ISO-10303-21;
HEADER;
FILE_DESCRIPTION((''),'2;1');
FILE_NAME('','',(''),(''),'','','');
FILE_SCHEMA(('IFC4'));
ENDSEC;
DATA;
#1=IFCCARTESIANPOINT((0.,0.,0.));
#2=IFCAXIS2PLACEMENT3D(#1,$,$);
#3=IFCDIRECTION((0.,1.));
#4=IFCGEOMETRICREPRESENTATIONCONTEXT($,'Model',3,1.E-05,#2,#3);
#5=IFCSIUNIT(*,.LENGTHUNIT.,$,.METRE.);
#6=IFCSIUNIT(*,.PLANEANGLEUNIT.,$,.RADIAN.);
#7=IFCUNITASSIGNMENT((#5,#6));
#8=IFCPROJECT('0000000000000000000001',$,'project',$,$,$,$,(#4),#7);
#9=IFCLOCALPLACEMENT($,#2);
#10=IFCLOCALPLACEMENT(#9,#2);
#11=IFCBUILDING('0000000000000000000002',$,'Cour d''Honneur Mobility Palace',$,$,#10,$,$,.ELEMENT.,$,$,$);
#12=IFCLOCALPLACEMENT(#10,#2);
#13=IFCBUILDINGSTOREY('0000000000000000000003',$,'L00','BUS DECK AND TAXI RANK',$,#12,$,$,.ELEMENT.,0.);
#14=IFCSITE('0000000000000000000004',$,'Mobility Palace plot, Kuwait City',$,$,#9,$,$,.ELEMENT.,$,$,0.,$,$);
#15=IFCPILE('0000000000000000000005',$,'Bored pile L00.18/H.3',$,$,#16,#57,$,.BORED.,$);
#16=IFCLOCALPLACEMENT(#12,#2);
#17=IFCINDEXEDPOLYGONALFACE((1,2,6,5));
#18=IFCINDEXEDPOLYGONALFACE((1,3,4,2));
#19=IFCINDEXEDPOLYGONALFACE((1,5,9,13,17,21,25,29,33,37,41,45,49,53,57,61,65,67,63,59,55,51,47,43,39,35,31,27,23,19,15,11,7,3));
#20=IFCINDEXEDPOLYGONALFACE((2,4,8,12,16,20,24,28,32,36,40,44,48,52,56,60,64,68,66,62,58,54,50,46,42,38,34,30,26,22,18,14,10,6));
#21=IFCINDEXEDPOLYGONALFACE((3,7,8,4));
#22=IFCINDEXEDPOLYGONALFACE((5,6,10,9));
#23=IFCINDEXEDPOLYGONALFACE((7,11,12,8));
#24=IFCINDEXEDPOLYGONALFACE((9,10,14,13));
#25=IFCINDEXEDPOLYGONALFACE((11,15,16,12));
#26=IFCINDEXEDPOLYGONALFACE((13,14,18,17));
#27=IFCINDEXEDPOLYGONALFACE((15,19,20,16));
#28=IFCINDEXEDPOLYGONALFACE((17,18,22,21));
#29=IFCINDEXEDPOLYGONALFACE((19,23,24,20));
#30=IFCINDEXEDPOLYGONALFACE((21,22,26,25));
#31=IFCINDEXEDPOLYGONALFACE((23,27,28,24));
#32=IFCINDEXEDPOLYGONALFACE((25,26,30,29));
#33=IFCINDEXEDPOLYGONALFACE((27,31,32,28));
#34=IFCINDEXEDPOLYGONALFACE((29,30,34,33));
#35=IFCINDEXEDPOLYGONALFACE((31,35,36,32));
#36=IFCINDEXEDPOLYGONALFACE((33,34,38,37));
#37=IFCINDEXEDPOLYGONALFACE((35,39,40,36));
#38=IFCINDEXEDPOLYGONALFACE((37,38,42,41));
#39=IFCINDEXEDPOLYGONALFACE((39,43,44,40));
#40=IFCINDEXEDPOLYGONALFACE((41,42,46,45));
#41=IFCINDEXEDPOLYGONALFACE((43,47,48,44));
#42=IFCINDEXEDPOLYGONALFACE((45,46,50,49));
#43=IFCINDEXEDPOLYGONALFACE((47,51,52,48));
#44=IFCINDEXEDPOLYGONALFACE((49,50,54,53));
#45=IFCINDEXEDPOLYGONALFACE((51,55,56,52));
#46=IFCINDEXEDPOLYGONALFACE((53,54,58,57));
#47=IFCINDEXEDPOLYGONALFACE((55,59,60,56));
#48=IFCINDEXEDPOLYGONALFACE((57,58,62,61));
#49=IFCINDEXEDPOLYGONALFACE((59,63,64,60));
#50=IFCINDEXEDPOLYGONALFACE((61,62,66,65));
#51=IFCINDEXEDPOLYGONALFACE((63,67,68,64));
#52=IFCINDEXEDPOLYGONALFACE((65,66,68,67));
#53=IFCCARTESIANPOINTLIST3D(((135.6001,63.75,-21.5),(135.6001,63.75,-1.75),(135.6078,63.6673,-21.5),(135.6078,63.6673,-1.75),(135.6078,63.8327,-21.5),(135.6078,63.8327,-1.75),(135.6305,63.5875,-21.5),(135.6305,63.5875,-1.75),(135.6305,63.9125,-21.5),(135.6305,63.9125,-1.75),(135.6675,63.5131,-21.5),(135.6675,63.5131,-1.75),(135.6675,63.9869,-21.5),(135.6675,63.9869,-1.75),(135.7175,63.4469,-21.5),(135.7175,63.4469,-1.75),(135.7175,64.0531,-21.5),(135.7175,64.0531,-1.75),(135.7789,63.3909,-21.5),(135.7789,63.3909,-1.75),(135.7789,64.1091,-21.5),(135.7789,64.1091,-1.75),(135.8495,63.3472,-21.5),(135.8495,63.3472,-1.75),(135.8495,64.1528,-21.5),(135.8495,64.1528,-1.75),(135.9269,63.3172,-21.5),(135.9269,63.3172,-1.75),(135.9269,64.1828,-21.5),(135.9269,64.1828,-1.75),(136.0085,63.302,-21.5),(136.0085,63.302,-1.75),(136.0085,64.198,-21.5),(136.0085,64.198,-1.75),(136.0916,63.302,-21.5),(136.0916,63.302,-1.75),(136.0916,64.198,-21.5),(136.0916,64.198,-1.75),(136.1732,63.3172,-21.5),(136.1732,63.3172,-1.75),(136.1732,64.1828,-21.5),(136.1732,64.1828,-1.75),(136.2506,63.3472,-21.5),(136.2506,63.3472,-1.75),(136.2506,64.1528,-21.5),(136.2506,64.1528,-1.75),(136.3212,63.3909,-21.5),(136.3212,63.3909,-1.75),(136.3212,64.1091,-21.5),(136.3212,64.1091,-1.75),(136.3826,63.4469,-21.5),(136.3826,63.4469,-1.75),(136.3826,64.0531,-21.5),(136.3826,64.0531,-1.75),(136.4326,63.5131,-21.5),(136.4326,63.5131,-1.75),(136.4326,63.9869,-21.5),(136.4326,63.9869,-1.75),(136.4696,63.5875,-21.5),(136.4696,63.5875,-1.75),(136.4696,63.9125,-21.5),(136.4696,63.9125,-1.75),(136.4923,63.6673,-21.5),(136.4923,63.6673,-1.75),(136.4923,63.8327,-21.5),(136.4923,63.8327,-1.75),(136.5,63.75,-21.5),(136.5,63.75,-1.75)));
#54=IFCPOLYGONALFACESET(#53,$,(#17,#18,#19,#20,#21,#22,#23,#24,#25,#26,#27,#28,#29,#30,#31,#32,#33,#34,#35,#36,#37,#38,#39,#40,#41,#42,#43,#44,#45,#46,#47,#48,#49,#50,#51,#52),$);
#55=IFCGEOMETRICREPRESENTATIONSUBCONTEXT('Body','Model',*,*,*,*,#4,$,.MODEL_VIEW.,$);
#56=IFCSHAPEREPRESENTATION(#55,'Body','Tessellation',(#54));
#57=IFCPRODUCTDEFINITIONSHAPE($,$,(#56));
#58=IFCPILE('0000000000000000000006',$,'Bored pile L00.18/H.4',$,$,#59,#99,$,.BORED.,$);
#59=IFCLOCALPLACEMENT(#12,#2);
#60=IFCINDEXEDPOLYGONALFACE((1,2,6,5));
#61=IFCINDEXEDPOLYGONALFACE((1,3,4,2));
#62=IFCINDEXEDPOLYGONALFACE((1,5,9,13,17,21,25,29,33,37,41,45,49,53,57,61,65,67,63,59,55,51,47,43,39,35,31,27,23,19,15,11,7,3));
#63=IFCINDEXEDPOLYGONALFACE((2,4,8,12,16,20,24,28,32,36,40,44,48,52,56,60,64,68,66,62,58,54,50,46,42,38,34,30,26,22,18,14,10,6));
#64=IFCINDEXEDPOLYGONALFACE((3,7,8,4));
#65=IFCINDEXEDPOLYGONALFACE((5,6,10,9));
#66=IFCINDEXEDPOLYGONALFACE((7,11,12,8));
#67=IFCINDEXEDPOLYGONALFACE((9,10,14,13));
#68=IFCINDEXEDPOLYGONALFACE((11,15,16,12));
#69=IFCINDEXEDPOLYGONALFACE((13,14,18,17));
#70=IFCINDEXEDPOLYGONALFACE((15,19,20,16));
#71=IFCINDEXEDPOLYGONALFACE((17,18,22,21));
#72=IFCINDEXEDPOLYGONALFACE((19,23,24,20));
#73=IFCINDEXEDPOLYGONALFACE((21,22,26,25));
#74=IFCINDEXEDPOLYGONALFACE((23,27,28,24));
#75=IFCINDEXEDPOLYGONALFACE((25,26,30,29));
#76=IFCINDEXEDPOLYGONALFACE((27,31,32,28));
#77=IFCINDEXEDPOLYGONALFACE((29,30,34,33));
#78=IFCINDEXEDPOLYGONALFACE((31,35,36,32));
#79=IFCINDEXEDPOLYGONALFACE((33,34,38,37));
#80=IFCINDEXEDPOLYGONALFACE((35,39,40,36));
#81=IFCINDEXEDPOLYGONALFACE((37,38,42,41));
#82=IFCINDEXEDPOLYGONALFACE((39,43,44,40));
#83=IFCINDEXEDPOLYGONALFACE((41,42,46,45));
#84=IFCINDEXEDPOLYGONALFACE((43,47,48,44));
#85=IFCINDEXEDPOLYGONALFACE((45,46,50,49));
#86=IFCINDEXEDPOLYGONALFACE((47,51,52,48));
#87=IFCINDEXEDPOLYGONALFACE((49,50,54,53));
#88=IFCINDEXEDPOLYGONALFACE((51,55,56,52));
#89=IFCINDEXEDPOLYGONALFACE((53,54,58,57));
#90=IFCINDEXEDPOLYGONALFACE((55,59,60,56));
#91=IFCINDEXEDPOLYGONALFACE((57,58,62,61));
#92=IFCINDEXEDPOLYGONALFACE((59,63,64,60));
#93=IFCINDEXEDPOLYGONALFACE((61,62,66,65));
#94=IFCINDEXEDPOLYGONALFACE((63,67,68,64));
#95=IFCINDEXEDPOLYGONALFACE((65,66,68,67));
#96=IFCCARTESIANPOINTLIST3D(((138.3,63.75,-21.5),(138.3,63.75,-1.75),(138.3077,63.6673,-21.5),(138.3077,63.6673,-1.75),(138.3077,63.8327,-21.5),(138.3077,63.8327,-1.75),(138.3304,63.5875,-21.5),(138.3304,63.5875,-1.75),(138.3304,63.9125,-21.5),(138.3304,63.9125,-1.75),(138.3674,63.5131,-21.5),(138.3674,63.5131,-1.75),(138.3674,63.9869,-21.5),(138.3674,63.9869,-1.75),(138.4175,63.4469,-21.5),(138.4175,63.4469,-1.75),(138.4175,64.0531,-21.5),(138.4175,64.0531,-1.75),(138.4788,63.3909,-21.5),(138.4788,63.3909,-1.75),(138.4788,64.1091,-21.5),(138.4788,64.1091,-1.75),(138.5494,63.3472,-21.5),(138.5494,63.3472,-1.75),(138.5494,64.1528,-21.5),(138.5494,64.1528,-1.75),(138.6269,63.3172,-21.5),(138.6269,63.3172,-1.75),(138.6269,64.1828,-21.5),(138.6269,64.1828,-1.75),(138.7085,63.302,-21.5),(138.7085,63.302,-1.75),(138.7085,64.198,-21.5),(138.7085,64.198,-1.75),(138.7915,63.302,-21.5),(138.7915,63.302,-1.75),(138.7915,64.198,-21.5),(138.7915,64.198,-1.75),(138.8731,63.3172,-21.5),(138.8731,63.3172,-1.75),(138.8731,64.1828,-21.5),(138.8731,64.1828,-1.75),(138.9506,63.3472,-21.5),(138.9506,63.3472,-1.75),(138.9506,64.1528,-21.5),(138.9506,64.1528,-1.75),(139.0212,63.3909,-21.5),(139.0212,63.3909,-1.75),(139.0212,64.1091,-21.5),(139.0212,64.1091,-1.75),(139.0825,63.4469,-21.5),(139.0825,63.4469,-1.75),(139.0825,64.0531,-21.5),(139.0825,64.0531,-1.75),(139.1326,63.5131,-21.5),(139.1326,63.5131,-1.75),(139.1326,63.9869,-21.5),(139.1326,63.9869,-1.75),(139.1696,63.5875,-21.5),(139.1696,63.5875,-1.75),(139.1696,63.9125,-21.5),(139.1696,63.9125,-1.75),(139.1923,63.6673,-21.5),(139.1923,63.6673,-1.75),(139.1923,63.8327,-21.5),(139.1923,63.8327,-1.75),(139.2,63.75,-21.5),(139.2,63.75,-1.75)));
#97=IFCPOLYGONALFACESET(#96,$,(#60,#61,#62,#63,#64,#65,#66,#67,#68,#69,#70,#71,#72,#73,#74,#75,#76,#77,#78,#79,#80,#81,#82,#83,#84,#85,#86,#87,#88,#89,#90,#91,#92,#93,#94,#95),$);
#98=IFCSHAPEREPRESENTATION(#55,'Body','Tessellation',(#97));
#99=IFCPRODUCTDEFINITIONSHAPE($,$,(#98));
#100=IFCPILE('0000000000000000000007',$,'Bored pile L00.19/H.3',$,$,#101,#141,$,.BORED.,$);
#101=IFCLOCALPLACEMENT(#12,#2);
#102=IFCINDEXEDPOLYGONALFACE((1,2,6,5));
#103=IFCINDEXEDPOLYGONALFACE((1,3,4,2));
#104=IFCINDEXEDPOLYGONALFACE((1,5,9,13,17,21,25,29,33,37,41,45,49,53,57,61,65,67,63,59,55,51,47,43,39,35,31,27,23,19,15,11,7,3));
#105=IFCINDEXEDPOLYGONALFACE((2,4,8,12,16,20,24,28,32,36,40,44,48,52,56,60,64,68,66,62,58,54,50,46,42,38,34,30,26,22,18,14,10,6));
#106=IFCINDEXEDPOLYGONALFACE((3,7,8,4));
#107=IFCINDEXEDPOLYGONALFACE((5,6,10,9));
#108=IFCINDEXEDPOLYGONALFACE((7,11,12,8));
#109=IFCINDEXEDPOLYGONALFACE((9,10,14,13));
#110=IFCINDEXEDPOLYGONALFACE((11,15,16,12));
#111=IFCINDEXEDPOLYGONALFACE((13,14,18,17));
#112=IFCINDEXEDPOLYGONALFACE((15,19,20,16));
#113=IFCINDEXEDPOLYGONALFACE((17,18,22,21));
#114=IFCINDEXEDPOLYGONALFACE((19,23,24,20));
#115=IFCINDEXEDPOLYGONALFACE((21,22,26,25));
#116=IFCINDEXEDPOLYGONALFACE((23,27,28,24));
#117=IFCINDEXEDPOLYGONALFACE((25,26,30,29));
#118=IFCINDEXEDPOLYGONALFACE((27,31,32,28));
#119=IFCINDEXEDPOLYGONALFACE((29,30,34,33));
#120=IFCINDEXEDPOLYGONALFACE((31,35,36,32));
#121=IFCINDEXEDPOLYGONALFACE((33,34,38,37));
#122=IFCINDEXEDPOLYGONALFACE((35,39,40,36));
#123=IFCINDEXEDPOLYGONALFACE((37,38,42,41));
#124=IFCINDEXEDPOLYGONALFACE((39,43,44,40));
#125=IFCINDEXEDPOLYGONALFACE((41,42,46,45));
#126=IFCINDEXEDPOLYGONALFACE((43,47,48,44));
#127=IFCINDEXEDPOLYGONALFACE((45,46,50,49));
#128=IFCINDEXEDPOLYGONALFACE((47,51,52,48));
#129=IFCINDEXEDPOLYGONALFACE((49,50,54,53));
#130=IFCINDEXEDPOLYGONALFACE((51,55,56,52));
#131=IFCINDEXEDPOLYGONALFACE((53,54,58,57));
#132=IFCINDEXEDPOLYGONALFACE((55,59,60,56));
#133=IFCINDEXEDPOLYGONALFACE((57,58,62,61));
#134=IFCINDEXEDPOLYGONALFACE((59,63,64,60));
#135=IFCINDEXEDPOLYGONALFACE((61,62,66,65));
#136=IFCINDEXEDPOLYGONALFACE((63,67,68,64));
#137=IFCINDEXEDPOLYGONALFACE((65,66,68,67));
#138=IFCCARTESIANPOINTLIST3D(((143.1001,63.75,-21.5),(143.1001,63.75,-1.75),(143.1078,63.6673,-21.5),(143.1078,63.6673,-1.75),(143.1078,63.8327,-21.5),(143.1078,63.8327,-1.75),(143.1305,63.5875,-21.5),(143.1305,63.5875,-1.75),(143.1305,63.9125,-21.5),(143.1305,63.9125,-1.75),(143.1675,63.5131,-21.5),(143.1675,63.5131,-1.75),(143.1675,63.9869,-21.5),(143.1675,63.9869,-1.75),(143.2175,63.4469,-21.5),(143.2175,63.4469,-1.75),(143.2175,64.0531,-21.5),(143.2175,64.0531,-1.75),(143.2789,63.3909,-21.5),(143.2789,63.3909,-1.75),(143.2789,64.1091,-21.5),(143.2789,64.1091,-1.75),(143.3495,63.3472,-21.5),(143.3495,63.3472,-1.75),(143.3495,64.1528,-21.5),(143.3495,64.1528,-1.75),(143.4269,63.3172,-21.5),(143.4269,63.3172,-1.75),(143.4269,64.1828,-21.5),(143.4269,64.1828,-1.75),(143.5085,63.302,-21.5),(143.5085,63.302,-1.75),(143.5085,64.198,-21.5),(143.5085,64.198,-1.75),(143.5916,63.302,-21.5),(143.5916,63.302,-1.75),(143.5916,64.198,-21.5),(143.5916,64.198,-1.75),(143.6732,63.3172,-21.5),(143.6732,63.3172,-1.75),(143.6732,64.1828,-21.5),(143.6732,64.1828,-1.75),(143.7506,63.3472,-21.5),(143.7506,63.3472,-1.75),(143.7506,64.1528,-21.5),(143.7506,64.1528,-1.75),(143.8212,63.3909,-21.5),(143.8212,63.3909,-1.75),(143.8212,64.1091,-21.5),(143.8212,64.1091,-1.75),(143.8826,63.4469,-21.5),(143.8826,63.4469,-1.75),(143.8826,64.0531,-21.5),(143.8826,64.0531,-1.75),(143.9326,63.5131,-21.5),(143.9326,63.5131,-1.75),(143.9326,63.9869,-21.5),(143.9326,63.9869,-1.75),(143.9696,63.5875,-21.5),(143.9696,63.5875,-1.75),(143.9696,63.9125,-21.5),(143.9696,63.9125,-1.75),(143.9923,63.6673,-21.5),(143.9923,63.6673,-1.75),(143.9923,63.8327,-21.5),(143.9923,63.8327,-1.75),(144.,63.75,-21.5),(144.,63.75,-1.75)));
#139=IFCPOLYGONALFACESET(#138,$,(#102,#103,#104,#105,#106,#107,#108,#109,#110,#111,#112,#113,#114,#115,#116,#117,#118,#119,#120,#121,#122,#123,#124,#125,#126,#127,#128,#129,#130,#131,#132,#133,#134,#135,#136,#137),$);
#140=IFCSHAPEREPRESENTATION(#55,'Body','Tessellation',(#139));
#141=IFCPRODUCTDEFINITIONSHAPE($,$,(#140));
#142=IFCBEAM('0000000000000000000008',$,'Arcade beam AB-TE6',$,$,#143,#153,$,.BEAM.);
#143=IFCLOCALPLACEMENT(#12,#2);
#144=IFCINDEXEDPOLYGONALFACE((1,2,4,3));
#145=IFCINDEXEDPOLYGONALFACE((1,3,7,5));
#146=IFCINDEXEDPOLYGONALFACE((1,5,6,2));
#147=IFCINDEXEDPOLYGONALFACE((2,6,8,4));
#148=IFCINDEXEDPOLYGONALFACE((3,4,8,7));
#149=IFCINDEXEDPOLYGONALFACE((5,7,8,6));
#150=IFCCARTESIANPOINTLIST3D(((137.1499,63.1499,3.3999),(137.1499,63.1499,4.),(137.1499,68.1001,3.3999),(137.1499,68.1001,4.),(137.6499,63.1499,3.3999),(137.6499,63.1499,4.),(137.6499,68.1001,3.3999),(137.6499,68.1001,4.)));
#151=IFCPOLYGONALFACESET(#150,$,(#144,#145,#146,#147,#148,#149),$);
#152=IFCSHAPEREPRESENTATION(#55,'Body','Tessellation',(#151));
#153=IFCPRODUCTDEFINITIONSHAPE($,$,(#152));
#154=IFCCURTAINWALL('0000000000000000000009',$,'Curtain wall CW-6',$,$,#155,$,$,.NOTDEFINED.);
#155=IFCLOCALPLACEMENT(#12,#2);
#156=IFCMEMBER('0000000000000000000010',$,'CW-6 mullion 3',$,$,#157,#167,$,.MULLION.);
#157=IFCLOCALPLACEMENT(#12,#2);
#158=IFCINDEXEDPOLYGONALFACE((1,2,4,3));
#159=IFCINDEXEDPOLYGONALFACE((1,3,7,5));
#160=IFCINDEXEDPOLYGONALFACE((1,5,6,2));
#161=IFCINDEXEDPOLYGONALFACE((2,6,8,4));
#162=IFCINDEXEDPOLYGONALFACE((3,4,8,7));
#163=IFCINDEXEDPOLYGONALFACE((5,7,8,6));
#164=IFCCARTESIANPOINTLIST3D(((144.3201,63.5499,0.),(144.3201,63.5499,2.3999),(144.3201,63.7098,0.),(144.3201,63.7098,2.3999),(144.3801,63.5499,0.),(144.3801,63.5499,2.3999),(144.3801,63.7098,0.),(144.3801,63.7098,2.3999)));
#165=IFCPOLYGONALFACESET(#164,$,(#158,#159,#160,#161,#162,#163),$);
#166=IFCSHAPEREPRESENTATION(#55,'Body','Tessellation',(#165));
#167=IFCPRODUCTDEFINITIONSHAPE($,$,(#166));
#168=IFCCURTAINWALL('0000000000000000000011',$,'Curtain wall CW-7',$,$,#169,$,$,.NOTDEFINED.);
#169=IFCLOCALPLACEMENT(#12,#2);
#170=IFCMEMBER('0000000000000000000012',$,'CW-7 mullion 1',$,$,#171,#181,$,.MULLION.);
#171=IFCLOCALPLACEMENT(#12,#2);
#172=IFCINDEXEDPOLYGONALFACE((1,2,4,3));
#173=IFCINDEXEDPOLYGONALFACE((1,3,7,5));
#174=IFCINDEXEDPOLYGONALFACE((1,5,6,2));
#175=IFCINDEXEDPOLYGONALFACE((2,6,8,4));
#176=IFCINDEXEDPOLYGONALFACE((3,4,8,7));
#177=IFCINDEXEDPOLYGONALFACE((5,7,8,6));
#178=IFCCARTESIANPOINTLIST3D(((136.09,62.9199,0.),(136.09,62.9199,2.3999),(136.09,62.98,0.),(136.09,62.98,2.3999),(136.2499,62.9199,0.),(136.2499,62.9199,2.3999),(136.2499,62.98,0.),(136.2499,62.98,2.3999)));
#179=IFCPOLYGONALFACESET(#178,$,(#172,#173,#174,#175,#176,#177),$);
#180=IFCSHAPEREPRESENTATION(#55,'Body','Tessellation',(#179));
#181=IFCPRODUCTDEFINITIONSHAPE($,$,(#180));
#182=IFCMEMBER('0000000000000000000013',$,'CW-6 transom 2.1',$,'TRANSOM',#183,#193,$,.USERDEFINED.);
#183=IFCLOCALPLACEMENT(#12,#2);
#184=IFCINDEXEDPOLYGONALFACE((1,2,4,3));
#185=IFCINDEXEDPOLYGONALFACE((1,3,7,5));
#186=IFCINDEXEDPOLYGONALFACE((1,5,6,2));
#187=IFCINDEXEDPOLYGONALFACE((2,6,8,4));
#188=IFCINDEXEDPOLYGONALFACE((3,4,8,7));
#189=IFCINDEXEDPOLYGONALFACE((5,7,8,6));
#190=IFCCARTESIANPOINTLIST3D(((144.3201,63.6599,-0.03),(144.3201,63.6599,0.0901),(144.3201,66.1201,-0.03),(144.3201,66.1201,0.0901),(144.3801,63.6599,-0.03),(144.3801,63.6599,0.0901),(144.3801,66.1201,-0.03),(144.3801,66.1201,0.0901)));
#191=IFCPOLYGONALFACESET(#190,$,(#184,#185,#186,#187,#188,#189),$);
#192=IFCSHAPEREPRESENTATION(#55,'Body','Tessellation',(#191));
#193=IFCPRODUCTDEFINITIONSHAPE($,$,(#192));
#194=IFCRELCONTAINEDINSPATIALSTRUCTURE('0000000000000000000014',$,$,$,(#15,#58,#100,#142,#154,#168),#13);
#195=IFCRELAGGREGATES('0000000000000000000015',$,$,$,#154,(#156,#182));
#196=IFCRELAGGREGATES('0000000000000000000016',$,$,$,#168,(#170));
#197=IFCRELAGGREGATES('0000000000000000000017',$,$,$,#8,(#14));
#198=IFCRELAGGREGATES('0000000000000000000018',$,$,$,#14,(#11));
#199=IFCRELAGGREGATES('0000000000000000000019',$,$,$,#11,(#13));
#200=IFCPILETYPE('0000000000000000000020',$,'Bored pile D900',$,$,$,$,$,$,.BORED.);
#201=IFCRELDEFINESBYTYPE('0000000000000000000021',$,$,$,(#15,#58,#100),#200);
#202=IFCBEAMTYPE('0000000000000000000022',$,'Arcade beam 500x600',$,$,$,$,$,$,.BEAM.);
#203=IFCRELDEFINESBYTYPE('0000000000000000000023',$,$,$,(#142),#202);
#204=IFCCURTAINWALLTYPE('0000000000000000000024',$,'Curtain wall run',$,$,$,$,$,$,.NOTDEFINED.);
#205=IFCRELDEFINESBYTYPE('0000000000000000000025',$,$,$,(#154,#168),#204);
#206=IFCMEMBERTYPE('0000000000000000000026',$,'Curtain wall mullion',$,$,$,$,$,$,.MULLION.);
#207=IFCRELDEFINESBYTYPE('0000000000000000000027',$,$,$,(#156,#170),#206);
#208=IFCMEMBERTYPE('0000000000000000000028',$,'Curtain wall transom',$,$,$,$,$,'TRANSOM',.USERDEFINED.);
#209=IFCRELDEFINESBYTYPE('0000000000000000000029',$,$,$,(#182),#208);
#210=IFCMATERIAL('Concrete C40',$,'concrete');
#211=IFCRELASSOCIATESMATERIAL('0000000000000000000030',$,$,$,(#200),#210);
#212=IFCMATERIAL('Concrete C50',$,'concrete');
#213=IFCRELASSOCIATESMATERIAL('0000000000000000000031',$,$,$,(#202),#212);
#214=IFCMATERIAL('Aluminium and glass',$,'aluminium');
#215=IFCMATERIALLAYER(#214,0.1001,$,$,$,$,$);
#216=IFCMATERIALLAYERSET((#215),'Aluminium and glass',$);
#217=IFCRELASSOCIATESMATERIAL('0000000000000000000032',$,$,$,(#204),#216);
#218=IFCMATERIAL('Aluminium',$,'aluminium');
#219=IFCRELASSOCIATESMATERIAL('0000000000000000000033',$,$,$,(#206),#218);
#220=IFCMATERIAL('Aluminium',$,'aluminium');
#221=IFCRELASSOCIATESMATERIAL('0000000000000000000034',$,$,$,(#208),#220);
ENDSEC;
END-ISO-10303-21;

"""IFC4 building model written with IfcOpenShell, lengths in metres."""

from ifc_helpers import new_model, si_unit, direction, frame, origin, origin_2d, place, context, subcontext, project, spatial, rectangle, circle, extrude, material, layer, layer_set, material_profile, profile_set, type_object, element, aggregate, save


model = new_model("IFC4")

# Units and contexts
model_context = context("Model", 3, precision=1e-05, world=origin(), true_north=direction((0.0, 1.0)))
body_context = subcontext(model_context, "Body", "Model", "MODEL_VIEW")
ifc_project = project(units=[si_unit("LENGTHUNIT", "METRE"), si_unit("PLANEANGLEUNIT", "RADIAN")], contexts=[model_context])

# Site, building, storey
site_placement = place(None, origin())
site = spatial("IfcSite", under=ifc_project, at=site_placement, Name="Mobility Palace plot, Kuwait City", CompositionType="ELEMENT", RefElevation=0.0)
building_placement = place(site_placement, origin())
building = spatial("IfcBuilding", under=site, at=building_placement, Name="Cour d'Honneur Mobility Palace", CompositionType="ELEMENT")
storey_placement = place(building_placement, origin())
storey = spatial("IfcBuildingStorey", under=building, at=storey_placement, Name="L00", Description="BUS DECK AND TAXI RANK", CompositionType="ELEMENT", Elevation=0.0)

# Piles
ifc_material_1 = material(Name="Concrete C40", Category="concrete")
ifc_material_profile_1 = material_profile(ifc_material_1, circle(Radius=0.45, at=origin_2d()), Name="Bored pile D900")
ifc_profile_set_1 = profile_set([ifc_material_profile_1], Name="Concrete C40")
pile_type = type_object("IfcPileType", Name="Bored pile D900", PredefinedType="BORED", material=ifc_profile_set_1)
for number, where, z_axis, x_axis, name in (
    (1, (136.05, 63.75, -1.75), (0.0, 0.0, -1.0), (1.0, 0.0, 0.0), "Bored pile L00.18/H.3"),
    (2, (138.75, 63.75, -1.75), (0.0, 0.0, -1.0), (1.0, 0.0, 0.0), "Bored pile L00.18/H.4"),
    (3, (143.55, 63.75, -1.75), (0.0, 0.0, -1.0), (1.0, 0.0, 0.0), "Bored pile L00.19/H.3"),
):
    element("IfcPile", number, at=place(storey_placement, frame(where, z_axis=z_axis, x_axis=x_axis)), inside=storey, type_object=pile_type, Name=name, PredefinedType="BORED", context=body_context, shape_type="SweptSolid", body=[
        extrude(circle(Radius=0.45, at=origin_2d()), origin(), (0.0, 0.0, 1.0), 19.75),
    ])

# Beam
ifc_material_2 = material(Name="Concrete C50", Category="concrete")
ifc_material_profile_2 = material_profile(ifc_material_2, rectangle(XDim=0.5, YDim=0.6001, at=origin_2d()), Name="Arcade beam 500x600")
ifc_profile_set_2 = profile_set([ifc_material_profile_2], Name="Concrete C50")
beam_type = type_object("IfcBeamType", Name="Arcade beam 500x600", PredefinedType="BEAM", material=ifc_profile_set_2)
beam_placement = place(storey_placement, frame((137.3999, 63.1499, 3.7), z_axis=(0.0, 1.0, 0.0), x_axis=(-1.0, 0.0, 0.0)))
element("IfcBeam", 4, at=beam_placement, inside=storey, type_object=beam_type, Name="Arcade beam AB-TE6", PredefinedType="BEAM", context=body_context, shape_type="SweptSolid", body=[
    extrude(rectangle(XDim=0.5, YDim=0.6001, at=origin_2d()), origin(), (0.0, 0.0, 1.0), 4.9502),
])

# Curtain walls, members
ifc_material_3 = material(Name="Aluminium and glass", Category="aluminium")
ifc_layer_1 = layer(ifc_material_3, 0.1001)
ifc_layer_set_1 = layer_set([ifc_layer_1], Name="Aluminium and glass")
curtain_wall_type = type_object("IfcCurtainWallType", Name="Curtain wall run", PredefinedType="NOTDEFINED", material=ifc_layer_set_1)
curtain_wall_1_placement = place(storey_placement, origin())
curtain_wall_1 = element("IfcCurtainWall", 5, at=curtain_wall_1_placement, inside=storey, type_object=curtain_wall_type, Name="Curtain wall CW-6", PredefinedType="NOTDEFINED")
ifc_material_4 = material(Name="Aluminium", Category="aluminium")
ifc_material_profile_3 = material_profile(ifc_material_4, rectangle(XDim=0.0601, YDim=0.1599, at=origin_2d()), Name="Curtain wall mullion")
ifc_profile_set_3 = profile_set([ifc_material_profile_3], Name="Aluminium")
member_type_1 = type_object("IfcMemberType", Name="Curtain wall mullion", PredefinedType="MULLION", material=ifc_profile_set_3)
member_1_placement = place(storey_placement, frame((144.3501, 63.6299, 0.0), z_axis=(0.0, 0.0, 1.0), x_axis=(1.0, 0.0, 0.0)))
member_1 = element("IfcMember", 6, at=member_1_placement, type_object=member_type_1, Name="CW-6 mullion 3", PredefinedType="MULLION", context=body_context, shape_type="SweptSolid", body=[
    extrude(rectangle(XDim=0.0601, YDim=0.1599, at=origin_2d()), origin(), (0.0, 0.0, 1.0), 2.3999),
])
curtain_wall_2_placement = place(storey_placement, origin())
curtain_wall_2 = element("IfcCurtainWall", 7, at=curtain_wall_2_placement, inside=storey, type_object=curtain_wall_type, Name="Curtain wall CW-7", PredefinedType="NOTDEFINED")
member_2_placement = place(storey_placement, frame((136.1699, 62.95, 0.0), z_axis=(0.0, 0.0, 1.0), x_axis=(0.0, -1.0, 0.0)))
member_2 = element("IfcMember", 8, at=member_2_placement, type_object=member_type_1, Name="CW-7 mullion 1", PredefinedType="MULLION", context=body_context, shape_type="SweptSolid", body=[
    extrude(rectangle(XDim=0.0601, YDim=0.1599, at=origin_2d()), origin(), (0.0, 0.0, 1.0), 2.3999),
])

# Member
ifc_material_5 = material(Name="Aluminium", Category="aluminium")
ifc_material_profile_4 = material_profile(ifc_material_5, rectangle(XDim=0.0601, YDim=0.1201, at=origin_2d()), Name="Curtain wall transom")
ifc_profile_set_4 = profile_set([ifc_material_profile_4], Name="Aluminium")
member_type_2 = type_object("IfcMemberType", Name="Curtain wall transom", ElementType="TRANSOM", PredefinedType="USERDEFINED", material=ifc_profile_set_4)
member_3_placement = place(storey_placement, frame((144.3501, 66.1201, 0.03), z_axis=(0.0, -1.0, 0.0), x_axis=(1.0, 0.0, 0.0)))
member_3 = element("IfcMember", 9, at=member_3_placement, type_object=member_type_2, Name="CW-6 transom 2.1", ObjectType="TRANSOM", PredefinedType="USERDEFINED", context=body_context, shape_type="SweptSolid", body=[
    extrude(rectangle(XDim=0.0601, YDim=0.1201, at=origin_2d()), origin(), (0.0, 0.0, 1.0), 2.4602),
])

aggregate(curtain_wall_1, [member_1, member_3])
aggregate(curtain_wall_2, [member_2])

save(model, "model.ifc")
